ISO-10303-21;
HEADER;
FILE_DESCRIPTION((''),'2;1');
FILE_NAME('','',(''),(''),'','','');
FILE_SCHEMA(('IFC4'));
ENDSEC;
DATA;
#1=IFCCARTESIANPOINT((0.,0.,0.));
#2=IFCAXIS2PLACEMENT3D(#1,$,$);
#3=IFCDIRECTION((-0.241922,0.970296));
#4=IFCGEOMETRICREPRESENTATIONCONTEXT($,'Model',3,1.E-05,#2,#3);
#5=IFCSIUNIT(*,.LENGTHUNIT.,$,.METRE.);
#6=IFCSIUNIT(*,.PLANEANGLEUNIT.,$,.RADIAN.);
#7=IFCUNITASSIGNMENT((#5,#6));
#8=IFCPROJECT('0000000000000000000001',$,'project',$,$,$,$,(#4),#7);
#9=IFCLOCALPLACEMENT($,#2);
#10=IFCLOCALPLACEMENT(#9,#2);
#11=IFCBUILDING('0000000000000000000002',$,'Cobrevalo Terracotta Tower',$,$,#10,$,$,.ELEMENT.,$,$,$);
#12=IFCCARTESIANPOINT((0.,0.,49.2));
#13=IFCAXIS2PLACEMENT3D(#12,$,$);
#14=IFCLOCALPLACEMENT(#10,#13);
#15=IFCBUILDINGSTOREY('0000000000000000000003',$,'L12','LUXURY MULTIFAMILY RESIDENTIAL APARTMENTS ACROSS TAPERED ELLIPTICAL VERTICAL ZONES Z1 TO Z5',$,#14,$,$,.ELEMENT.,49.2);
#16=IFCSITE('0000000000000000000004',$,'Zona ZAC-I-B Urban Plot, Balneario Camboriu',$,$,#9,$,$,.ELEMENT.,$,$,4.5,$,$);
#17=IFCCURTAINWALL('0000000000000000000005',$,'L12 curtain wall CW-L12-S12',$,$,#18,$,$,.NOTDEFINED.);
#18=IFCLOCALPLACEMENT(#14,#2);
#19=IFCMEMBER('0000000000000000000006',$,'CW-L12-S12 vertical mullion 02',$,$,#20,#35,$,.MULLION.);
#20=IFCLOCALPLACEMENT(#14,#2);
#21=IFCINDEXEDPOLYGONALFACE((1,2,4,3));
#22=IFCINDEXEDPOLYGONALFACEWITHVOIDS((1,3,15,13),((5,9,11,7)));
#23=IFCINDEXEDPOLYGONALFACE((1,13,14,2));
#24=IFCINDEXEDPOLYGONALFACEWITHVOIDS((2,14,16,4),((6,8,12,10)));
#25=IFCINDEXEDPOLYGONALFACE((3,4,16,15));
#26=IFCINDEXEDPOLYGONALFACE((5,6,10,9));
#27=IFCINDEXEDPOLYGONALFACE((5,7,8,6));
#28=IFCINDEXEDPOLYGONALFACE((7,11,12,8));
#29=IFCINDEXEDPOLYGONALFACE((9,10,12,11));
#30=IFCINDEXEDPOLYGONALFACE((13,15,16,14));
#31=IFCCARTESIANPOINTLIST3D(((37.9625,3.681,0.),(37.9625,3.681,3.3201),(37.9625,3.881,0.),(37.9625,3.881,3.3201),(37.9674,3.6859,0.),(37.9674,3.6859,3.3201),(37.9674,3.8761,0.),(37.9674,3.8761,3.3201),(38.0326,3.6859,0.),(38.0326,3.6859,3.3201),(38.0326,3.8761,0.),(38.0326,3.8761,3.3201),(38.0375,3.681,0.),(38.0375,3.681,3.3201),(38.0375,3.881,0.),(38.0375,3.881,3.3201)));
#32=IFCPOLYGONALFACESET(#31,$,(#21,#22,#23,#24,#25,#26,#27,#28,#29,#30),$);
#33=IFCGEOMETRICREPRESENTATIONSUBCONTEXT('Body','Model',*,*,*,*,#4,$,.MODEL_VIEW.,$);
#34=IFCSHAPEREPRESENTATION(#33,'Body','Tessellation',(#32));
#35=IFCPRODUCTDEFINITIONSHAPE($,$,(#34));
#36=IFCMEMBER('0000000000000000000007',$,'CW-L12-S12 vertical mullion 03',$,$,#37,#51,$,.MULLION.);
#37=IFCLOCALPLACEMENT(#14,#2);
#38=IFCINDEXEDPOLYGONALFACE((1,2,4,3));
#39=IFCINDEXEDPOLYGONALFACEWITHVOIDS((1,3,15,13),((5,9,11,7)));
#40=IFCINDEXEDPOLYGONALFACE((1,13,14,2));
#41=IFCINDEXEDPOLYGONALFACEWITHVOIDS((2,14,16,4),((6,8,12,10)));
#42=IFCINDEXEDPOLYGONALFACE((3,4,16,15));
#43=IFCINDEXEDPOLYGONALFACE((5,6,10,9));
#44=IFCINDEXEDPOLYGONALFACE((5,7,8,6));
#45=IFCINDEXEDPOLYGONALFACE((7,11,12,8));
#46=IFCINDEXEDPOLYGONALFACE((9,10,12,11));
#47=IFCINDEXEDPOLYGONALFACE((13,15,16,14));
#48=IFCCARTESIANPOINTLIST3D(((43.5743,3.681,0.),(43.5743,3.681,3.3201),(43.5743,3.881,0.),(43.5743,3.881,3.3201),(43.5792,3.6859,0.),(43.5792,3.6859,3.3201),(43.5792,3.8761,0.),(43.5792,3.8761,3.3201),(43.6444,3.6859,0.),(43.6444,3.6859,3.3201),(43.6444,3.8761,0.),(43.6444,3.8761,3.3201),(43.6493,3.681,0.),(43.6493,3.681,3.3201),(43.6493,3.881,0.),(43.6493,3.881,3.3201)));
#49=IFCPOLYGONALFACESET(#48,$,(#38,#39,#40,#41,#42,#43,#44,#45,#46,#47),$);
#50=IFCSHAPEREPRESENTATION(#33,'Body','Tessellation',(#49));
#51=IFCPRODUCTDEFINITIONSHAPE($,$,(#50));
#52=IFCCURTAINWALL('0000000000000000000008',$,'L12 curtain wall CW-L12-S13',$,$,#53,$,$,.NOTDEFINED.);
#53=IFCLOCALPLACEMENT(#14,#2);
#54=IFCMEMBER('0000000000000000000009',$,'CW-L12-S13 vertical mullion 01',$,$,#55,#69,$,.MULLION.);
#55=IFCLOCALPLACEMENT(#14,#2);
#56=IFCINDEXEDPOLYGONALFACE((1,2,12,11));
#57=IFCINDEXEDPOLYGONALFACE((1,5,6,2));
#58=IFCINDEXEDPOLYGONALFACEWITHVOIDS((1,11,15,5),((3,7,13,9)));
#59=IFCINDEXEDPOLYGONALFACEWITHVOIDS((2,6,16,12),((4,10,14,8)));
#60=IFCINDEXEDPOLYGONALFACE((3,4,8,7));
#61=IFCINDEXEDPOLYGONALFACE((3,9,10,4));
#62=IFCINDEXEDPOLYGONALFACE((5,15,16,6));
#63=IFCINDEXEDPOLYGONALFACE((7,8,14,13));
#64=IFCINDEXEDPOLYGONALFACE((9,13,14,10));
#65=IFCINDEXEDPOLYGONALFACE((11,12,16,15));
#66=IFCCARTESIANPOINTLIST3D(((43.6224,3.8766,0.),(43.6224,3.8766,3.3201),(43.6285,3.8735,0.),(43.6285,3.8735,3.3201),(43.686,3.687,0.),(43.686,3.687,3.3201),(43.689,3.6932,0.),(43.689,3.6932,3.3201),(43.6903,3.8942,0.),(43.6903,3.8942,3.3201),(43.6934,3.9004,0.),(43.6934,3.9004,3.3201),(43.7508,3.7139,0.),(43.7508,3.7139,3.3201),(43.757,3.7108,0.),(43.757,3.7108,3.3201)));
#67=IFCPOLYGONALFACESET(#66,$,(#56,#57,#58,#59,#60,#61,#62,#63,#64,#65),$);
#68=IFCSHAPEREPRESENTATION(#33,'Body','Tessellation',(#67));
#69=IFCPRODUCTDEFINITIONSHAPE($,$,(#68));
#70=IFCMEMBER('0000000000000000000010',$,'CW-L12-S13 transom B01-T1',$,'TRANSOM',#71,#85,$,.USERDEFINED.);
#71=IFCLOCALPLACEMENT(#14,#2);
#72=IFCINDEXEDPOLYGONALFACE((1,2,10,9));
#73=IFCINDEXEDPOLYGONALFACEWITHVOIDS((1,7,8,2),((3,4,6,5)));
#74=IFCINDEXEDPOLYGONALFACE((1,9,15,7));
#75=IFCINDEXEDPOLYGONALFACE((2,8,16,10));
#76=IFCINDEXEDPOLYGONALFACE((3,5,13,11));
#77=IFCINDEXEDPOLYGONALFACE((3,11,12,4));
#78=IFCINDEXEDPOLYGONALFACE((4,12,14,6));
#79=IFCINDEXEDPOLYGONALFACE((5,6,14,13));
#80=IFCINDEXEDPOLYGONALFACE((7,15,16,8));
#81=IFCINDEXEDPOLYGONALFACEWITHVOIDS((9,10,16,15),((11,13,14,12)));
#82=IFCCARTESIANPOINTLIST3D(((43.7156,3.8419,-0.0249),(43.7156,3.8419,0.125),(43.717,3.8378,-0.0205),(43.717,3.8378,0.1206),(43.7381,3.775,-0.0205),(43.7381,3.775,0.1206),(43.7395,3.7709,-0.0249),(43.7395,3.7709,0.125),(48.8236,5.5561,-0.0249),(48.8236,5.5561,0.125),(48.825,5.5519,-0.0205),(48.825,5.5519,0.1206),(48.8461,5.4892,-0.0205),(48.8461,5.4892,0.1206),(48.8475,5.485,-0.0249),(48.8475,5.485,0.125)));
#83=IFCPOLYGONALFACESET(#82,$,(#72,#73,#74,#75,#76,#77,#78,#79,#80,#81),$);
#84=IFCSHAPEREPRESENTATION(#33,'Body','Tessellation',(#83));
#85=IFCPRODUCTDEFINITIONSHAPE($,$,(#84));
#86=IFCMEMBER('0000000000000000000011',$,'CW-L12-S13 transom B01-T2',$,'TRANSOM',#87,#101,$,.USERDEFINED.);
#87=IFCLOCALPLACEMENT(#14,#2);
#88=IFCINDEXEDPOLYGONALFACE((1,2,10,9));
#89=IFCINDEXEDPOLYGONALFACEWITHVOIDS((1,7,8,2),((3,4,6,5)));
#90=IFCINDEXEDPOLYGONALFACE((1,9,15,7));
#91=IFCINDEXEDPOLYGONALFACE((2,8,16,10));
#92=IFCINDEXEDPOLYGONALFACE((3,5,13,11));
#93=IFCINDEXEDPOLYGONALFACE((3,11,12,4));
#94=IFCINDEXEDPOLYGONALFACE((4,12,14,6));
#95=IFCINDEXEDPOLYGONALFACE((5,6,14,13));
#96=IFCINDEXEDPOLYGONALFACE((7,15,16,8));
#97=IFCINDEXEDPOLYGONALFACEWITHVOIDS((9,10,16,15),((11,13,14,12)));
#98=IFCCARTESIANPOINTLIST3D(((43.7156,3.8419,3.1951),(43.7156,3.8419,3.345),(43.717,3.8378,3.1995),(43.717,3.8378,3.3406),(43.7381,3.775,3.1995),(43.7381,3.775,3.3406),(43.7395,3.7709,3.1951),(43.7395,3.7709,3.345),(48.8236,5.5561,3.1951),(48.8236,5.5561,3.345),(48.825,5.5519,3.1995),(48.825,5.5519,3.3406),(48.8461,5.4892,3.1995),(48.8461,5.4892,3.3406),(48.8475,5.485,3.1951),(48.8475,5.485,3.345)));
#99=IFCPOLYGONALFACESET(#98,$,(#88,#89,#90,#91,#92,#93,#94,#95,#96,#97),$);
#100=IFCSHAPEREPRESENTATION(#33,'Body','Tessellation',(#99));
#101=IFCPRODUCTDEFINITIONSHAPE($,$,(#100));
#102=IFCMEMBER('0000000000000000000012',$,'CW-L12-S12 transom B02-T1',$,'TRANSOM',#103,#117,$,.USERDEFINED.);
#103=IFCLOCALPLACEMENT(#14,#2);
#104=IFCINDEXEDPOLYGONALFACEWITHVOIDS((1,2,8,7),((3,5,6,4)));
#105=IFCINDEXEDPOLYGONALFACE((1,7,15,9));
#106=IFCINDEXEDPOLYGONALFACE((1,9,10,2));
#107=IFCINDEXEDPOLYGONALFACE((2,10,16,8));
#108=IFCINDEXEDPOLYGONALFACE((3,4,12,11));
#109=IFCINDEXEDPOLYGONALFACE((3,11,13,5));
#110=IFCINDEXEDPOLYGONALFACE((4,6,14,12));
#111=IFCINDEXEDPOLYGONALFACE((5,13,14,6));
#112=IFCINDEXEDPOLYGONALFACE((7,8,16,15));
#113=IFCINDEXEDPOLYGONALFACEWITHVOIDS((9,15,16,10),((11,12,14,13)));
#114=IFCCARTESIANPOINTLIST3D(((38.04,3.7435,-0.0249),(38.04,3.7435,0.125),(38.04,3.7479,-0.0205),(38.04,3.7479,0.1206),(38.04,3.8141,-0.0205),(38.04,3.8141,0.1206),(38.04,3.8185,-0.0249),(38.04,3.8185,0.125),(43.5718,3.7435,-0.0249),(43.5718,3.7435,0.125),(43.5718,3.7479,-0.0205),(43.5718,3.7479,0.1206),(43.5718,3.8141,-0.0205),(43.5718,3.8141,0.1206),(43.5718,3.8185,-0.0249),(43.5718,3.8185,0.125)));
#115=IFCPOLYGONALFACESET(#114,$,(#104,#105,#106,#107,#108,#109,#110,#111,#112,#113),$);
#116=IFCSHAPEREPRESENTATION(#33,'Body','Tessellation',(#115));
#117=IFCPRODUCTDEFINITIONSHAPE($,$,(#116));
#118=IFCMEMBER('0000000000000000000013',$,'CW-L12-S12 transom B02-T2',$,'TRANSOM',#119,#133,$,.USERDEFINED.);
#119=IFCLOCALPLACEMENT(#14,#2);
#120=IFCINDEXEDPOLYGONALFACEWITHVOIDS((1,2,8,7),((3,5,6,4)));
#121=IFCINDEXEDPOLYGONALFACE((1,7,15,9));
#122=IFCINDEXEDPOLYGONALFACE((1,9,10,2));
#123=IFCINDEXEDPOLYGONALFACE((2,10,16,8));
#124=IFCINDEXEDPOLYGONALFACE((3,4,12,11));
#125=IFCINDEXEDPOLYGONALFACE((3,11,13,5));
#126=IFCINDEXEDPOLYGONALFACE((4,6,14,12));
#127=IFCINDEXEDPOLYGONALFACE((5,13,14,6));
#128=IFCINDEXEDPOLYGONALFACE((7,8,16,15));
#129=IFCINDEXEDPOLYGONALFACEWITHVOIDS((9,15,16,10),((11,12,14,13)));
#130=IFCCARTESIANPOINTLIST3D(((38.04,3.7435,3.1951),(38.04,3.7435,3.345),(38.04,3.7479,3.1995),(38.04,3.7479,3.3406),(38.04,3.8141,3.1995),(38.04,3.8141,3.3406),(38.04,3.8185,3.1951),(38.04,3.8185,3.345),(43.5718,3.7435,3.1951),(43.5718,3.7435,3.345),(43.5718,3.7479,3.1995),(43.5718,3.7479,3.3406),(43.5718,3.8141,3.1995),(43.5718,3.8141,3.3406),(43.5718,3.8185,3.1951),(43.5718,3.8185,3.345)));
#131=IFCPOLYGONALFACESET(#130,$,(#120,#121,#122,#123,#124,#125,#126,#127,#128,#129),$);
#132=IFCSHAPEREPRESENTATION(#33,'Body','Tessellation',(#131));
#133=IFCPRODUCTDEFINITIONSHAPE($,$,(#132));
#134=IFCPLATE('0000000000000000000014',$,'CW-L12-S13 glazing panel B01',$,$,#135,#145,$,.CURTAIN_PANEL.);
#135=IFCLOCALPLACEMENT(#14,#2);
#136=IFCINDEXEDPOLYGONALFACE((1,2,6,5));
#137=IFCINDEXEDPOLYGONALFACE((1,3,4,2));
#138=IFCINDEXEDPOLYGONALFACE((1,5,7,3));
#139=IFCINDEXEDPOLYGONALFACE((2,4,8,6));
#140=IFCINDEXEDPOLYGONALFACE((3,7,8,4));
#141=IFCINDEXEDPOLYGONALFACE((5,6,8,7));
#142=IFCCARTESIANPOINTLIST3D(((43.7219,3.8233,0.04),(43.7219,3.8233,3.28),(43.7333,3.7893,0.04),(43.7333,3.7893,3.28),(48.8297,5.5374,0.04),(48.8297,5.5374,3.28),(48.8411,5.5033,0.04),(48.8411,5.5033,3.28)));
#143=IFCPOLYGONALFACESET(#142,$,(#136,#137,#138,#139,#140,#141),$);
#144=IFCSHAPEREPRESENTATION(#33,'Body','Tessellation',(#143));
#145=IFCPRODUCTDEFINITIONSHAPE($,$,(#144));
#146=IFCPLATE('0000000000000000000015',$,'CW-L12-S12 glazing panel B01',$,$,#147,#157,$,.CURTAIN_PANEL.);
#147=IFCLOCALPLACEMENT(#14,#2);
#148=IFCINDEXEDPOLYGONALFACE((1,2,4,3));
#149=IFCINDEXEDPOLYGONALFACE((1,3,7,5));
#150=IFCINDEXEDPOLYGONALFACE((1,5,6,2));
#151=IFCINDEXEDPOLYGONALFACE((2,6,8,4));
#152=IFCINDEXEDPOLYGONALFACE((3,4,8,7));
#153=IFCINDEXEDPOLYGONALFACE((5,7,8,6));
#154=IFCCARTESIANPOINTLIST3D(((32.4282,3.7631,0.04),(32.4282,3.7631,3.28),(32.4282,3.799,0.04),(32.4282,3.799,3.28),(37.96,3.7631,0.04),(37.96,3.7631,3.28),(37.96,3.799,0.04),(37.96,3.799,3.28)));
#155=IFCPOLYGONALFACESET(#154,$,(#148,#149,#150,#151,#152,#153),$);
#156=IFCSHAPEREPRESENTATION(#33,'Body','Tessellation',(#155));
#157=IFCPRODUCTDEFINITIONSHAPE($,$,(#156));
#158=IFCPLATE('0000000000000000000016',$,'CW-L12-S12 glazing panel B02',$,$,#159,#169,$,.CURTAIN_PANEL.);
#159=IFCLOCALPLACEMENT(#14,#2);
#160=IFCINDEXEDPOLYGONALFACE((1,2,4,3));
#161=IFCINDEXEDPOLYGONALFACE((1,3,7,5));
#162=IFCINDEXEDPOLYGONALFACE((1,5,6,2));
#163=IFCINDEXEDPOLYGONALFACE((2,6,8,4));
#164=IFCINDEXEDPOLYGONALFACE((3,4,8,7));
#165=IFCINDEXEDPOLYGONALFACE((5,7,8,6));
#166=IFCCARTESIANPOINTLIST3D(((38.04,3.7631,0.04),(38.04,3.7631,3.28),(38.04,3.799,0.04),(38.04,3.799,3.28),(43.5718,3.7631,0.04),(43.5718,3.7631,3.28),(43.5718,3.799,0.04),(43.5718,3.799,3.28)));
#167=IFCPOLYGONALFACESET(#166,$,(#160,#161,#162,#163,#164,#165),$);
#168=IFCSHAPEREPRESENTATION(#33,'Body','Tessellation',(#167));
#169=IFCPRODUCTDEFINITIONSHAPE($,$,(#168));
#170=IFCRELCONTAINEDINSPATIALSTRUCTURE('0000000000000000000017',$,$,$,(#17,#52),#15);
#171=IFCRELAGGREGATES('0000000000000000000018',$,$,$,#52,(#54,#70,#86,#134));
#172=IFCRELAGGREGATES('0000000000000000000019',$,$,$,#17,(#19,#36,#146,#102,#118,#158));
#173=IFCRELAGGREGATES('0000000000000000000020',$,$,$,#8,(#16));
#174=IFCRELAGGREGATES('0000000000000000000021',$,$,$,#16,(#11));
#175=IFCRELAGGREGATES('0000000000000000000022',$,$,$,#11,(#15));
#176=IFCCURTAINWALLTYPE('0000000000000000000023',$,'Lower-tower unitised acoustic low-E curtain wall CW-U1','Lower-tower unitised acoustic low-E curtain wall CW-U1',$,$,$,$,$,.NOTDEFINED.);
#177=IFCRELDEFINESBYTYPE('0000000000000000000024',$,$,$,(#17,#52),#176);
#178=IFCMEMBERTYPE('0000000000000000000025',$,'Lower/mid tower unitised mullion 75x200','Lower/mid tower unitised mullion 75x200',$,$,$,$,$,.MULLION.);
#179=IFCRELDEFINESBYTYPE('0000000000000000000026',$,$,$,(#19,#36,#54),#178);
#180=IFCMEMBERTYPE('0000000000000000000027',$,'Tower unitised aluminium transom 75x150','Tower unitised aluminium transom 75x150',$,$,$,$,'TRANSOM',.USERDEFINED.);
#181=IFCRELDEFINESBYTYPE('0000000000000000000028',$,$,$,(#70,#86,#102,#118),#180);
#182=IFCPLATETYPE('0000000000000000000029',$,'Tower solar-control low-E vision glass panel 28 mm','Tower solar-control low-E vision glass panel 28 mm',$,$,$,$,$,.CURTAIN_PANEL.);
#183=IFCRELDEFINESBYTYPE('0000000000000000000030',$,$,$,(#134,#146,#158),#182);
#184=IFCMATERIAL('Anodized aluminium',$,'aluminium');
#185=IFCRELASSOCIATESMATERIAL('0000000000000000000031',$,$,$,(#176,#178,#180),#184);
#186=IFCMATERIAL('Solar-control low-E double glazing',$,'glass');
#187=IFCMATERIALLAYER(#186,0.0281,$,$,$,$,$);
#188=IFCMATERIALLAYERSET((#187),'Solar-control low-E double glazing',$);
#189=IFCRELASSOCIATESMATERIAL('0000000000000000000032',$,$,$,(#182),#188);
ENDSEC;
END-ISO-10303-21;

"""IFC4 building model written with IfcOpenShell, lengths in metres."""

from ifc_helpers import new_model, si_unit, direction, frame, origin, origin_2d, place, context, subcontext, project, spatial, rectangle, hollow_rectangle, extrude, source, transform, mapped, material, layer, layer_set, material_profile, profile_set, type_object, element, aggregate, save


model = new_model("IFC4")

# Units and contexts
model_context = context("Model", 3, precision=1e-05, world=origin(), true_north=direction((-0.241922, 0.970296)))
body_context = subcontext(model_context, "Body", "Model", "MODEL_VIEW")
ifc_project = project(units=[si_unit("LENGTHUNIT", "METRE"), si_unit("PLANEANGLEUNIT", "RADIAN")], contexts=[model_context])

# Site, building, storey
site_placement = place(None, origin())
site = spatial("IfcSite", under=ifc_project, at=site_placement, Name="Zona ZAC-I-B Urban Plot, Balneario Camboriu", CompositionType="ELEMENT", RefElevation=4.5)
building_placement = place(site_placement, origin())
building = spatial("IfcBuilding", under=site, at=building_placement, Name="Cobrevalo Terracotta Tower", CompositionType="ELEMENT")
storey_placement = place(building_placement, frame((0.0, 0.0, 49.2)))
storey = spatial("IfcBuildingStorey", under=building, at=storey_placement, Name="L12", Description="LUXURY MULTIFAMILY RESIDENTIAL APARTMENTS ACROSS TAPERED ELLIPTICAL VERTICAL ZONES Z1 TO Z5", CompositionType="ELEMENT", Elevation=49.2)

# Curtain walls, members
ifc_material_1 = material(Name="Anodized aluminium", Category="aluminium")
curtain_wall_type = type_object("IfcCurtainWallType", Name="Lower-tower unitised acoustic low-E curtain wall CW-U1", Description="Lower-tower unitised acoustic low-E curtain wall CW-U1", PredefinedType="NOTDEFINED", material=ifc_material_1)
curtain_wall_1_placement = place(storey_placement, origin())
curtain_wall_1 = element("IfcCurtainWall", 1, at=curtain_wall_1_placement, inside=storey, type_object=curtain_wall_type, Name="L12 curtain wall CW-L12-S12", PredefinedType="NOTDEFINED")
ifc_material_profile_1 = material_profile(ifc_material_1, hollow_rectangle(XDim=0.075, YDim=0.2, WallThickness=0.0049, at=origin_2d()), Name="CWM 75x200")
ifc_profile_set_1 = profile_set([ifc_material_profile_1], Name="Anodized aluminium")
member_type_1 = type_object("IfcMemberType", Name="Lower/mid tower unitised mullion 75x200", Description="Lower/mid tower unitised mullion 75x200", PredefinedType="MULLION", material=ifc_profile_set_1)
shared_shape_1 = source(origin(), body_context, "Body", "SweptSolid", [
    extrude(hollow_rectangle(XDim=0.075, YDim=0.2, WallThickness=0.0049, at=origin_2d()), origin(), (0.0, 0.0, 1.0), 3.3201),
])
member_1_placement = place(storey_placement, frame((38.0, 3.781, 0.0), z_axis=(0.0, 0.0, 1.0), x_axis=(1.0, 0.0, 0.0)))
member_1 = element("IfcMember", 2, at=member_1_placement, type_object=member_type_1, Name="CW-L12-S12 vertical mullion 02", PredefinedType="MULLION", context=body_context, shape_type="MappedRepresentation", body=[
    mapped(shared_shape_1, transform((0.0, 0.0, 0.0), scale=1.0)),
])
member_2_placement = place(storey_placement, frame((43.6118, 3.781, 0.0), z_axis=(0.0, 0.0, 1.0), x_axis=(1.0, 0.0, 0.0)))
member_2 = element("IfcMember", 3, at=member_2_placement, type_object=member_type_1, Name="CW-L12-S12 vertical mullion 03", PredefinedType="MULLION", context=body_context, shape_type="MappedRepresentation", body=[
    mapped(shared_shape_1, transform((0.0, 0.0, 0.0), scale=1.0)),
])
curtain_wall_2_placement = place(storey_placement, origin())
curtain_wall_2 = element("IfcCurtainWall", 4, at=curtain_wall_2_placement, inside=storey, type_object=curtain_wall_type, Name="L12 curtain wall CW-L12-S13", PredefinedType="NOTDEFINED")
member_3_placement = place(storey_placement, frame((43.6897, 3.7937, 0.0), z_axis=(0.0, 0.0, 1.0), x_axis=(0.948046, 0.318132, 0.0)))
member_3 = element("IfcMember", 5, at=member_3_placement, type_object=member_type_1, Name="CW-L12-S13 vertical mullion 01", PredefinedType="MULLION", context=body_context, shape_type="MappedRepresentation", body=[
    mapped(shared_shape_1, transform((0.0, 0.0, 0.0), scale=1.0)),
])
ifc_material_profile_2 = material_profile(ifc_material_1, hollow_rectangle(XDim=0.075, YDim=0.1499, WallThickness=0.0044, at=origin_2d()), Name="CWT 75x150")
ifc_profile_set_2 = profile_set([ifc_material_profile_2], Name="Anodized aluminium")
member_type_2 = type_object("IfcMemberType", Name="Tower unitised aluminium transom 75x150", Description="Tower unitised aluminium transom 75x150", ElementType="TRANSOM", PredefinedType="USERDEFINED", material=ifc_profile_set_2)
shared_shape_2 = source(origin(), body_context, "Body", "SweptSolid", [
    extrude(hollow_rectangle(XDim=0.075, YDim=0.1499, WallThickness=0.0044, at=origin_2d()), origin(), (0.0, 0.0, 1.0), 5.3879),
])
member_4_placement = place(storey_placement, frame((43.7275, 3.8064, 0.05), z_axis=(0.948042, 0.318144, 0.0), x_axis=(-0.318144, 0.948042, 0.0)))
member_4 = element("IfcMember", 6, at=member_4_placement, type_object=member_type_2, Name="CW-L12-S13 transom B01-T1", ObjectType="TRANSOM", PredefinedType="USERDEFINED", context=body_context, shape_type="MappedRepresentation", body=[
    mapped(shared_shape_2, transform((0.0, 0.0, 0.0), scale=1.0)),
])
member_5_placement = place(storey_placement, frame((43.7275, 3.8064, 3.27), z_axis=(0.948042, 0.318144, 0.0), x_axis=(-0.318144, 0.948042, 0.0)))
member_5 = element("IfcMember", 7, at=member_5_placement, type_object=member_type_2, Name="CW-L12-S13 transom B01-T2", ObjectType="TRANSOM", PredefinedType="USERDEFINED", context=body_context, shape_type="MappedRepresentation", body=[
    mapped(shared_shape_2, transform((0.0, 0.0, 0.0), scale=1.0)),
])

# Members
shared_shape_3 = source(origin(), body_context, "Body", "SweptSolid", [
    extrude(hollow_rectangle(XDim=0.075, YDim=0.1499, WallThickness=0.0044, at=origin_2d()), origin(), (0.0, 0.0, 1.0), 5.5317),
])
member_6_placement = place(storey_placement, frame((38.04, 3.781, 0.05), z_axis=(1.0, 0.0, 0.0), x_axis=(0.0, 1.0, 0.0)))
member_6 = element("IfcMember", 8, at=member_6_placement, type_object=member_type_2, Name="CW-L12-S12 transom B02-T1", ObjectType="TRANSOM", PredefinedType="USERDEFINED", context=body_context, shape_type="MappedRepresentation", body=[
    mapped(shared_shape_3, transform((0.0, 0.0, 0.0), scale=1.0)),
])
member_7_placement = place(storey_placement, frame((38.04, 3.781, 3.27), z_axis=(1.0, 0.0, 0.0), x_axis=(0.0, 1.0, 0.0)))
member_7 = element("IfcMember", 9, at=member_7_placement, type_object=member_type_2, Name="CW-L12-S12 transom B02-T2", ObjectType="TRANSOM", PredefinedType="USERDEFINED", context=body_context, shape_type="MappedRepresentation", body=[
    mapped(shared_shape_3, transform((0.0, 0.0, 0.0), scale=1.0)),
])

# Plates
ifc_material_2 = material(Name="Solar-control low-E double glazing", Category="glass")
ifc_layer_1 = layer(ifc_material_2, 0.0281)
ifc_layer_set_1 = layer_set([ifc_layer_1], Name="Solar-control low-E double glazing")
plate_type = type_object("IfcPlateType", Name="Tower solar-control low-E vision glass panel 28 mm", Description="Tower solar-control low-E vision glass panel 28 mm", PredefinedType="CURTAIN_PANEL", material=ifc_layer_set_1)
shared_shape_4 = source(origin(), body_context, "Body", "SweptSolid", [
    extrude(rectangle(XDim=5.3877, YDim=0.0359, at=origin_2d()), origin(), (0.0, 0.0, 1.0), 3.24),
])
plate_1_placement = place(storey_placement, frame((46.2815, 4.6633, 0.04), z_axis=(0.0, 0.0, 1.0), x_axis=(0.948044, 0.318139, 0.0)))
plate_1 = element("IfcPlate", 10, at=plate_1_placement, type_object=plate_type, Name="CW-L12-S13 glazing panel B01", PredefinedType="CURTAIN_PANEL", context=body_context, shape_type="MappedRepresentation", body=[
    mapped(shared_shape_4, transform((0.0, 0.0, 0.0), scale=1.0)),
])
aggregate(curtain_wall_2, [member_3, member_4, member_5, plate_1])
shared_shape_5 = source(origin(), body_context, "Body", "SweptSolid", [
    extrude(rectangle(XDim=5.5317, YDim=0.0359, at=origin_2d()), origin(), (0.0, 0.0, 1.0), 3.24),
])
plate_2_placement = place(storey_placement, frame((35.1941, 3.781, 0.04), z_axis=(0.0, 0.0, 1.0), x_axis=(1.0, 0.0, 0.0)))
plate_2 = element("IfcPlate", 11, at=plate_2_placement, type_object=plate_type, Name="CW-L12-S12 glazing panel B01", PredefinedType="CURTAIN_PANEL", context=body_context, shape_type="MappedRepresentation", body=[
    mapped(shared_shape_5, transform((0.0, 0.0, 0.0), scale=1.0)),
])
plate_3_placement = place(storey_placement, frame((40.8059, 3.781, 0.04), z_axis=(0.0, 0.0, 1.0), x_axis=(1.0, 0.0, 0.0)))
plate_3 = element("IfcPlate", 12, at=plate_3_placement, type_object=plate_type, Name="CW-L12-S12 glazing panel B02", PredefinedType="CURTAIN_PANEL", context=body_context, shape_type="MappedRepresentation", body=[
    mapped(shared_shape_5, transform((0.0, 0.0, 0.0), scale=1.0)),
])
aggregate(curtain_wall_1, [member_1, member_2, plate_2, member_6, member_7, plate_3])

save(model, "model.ifc")
